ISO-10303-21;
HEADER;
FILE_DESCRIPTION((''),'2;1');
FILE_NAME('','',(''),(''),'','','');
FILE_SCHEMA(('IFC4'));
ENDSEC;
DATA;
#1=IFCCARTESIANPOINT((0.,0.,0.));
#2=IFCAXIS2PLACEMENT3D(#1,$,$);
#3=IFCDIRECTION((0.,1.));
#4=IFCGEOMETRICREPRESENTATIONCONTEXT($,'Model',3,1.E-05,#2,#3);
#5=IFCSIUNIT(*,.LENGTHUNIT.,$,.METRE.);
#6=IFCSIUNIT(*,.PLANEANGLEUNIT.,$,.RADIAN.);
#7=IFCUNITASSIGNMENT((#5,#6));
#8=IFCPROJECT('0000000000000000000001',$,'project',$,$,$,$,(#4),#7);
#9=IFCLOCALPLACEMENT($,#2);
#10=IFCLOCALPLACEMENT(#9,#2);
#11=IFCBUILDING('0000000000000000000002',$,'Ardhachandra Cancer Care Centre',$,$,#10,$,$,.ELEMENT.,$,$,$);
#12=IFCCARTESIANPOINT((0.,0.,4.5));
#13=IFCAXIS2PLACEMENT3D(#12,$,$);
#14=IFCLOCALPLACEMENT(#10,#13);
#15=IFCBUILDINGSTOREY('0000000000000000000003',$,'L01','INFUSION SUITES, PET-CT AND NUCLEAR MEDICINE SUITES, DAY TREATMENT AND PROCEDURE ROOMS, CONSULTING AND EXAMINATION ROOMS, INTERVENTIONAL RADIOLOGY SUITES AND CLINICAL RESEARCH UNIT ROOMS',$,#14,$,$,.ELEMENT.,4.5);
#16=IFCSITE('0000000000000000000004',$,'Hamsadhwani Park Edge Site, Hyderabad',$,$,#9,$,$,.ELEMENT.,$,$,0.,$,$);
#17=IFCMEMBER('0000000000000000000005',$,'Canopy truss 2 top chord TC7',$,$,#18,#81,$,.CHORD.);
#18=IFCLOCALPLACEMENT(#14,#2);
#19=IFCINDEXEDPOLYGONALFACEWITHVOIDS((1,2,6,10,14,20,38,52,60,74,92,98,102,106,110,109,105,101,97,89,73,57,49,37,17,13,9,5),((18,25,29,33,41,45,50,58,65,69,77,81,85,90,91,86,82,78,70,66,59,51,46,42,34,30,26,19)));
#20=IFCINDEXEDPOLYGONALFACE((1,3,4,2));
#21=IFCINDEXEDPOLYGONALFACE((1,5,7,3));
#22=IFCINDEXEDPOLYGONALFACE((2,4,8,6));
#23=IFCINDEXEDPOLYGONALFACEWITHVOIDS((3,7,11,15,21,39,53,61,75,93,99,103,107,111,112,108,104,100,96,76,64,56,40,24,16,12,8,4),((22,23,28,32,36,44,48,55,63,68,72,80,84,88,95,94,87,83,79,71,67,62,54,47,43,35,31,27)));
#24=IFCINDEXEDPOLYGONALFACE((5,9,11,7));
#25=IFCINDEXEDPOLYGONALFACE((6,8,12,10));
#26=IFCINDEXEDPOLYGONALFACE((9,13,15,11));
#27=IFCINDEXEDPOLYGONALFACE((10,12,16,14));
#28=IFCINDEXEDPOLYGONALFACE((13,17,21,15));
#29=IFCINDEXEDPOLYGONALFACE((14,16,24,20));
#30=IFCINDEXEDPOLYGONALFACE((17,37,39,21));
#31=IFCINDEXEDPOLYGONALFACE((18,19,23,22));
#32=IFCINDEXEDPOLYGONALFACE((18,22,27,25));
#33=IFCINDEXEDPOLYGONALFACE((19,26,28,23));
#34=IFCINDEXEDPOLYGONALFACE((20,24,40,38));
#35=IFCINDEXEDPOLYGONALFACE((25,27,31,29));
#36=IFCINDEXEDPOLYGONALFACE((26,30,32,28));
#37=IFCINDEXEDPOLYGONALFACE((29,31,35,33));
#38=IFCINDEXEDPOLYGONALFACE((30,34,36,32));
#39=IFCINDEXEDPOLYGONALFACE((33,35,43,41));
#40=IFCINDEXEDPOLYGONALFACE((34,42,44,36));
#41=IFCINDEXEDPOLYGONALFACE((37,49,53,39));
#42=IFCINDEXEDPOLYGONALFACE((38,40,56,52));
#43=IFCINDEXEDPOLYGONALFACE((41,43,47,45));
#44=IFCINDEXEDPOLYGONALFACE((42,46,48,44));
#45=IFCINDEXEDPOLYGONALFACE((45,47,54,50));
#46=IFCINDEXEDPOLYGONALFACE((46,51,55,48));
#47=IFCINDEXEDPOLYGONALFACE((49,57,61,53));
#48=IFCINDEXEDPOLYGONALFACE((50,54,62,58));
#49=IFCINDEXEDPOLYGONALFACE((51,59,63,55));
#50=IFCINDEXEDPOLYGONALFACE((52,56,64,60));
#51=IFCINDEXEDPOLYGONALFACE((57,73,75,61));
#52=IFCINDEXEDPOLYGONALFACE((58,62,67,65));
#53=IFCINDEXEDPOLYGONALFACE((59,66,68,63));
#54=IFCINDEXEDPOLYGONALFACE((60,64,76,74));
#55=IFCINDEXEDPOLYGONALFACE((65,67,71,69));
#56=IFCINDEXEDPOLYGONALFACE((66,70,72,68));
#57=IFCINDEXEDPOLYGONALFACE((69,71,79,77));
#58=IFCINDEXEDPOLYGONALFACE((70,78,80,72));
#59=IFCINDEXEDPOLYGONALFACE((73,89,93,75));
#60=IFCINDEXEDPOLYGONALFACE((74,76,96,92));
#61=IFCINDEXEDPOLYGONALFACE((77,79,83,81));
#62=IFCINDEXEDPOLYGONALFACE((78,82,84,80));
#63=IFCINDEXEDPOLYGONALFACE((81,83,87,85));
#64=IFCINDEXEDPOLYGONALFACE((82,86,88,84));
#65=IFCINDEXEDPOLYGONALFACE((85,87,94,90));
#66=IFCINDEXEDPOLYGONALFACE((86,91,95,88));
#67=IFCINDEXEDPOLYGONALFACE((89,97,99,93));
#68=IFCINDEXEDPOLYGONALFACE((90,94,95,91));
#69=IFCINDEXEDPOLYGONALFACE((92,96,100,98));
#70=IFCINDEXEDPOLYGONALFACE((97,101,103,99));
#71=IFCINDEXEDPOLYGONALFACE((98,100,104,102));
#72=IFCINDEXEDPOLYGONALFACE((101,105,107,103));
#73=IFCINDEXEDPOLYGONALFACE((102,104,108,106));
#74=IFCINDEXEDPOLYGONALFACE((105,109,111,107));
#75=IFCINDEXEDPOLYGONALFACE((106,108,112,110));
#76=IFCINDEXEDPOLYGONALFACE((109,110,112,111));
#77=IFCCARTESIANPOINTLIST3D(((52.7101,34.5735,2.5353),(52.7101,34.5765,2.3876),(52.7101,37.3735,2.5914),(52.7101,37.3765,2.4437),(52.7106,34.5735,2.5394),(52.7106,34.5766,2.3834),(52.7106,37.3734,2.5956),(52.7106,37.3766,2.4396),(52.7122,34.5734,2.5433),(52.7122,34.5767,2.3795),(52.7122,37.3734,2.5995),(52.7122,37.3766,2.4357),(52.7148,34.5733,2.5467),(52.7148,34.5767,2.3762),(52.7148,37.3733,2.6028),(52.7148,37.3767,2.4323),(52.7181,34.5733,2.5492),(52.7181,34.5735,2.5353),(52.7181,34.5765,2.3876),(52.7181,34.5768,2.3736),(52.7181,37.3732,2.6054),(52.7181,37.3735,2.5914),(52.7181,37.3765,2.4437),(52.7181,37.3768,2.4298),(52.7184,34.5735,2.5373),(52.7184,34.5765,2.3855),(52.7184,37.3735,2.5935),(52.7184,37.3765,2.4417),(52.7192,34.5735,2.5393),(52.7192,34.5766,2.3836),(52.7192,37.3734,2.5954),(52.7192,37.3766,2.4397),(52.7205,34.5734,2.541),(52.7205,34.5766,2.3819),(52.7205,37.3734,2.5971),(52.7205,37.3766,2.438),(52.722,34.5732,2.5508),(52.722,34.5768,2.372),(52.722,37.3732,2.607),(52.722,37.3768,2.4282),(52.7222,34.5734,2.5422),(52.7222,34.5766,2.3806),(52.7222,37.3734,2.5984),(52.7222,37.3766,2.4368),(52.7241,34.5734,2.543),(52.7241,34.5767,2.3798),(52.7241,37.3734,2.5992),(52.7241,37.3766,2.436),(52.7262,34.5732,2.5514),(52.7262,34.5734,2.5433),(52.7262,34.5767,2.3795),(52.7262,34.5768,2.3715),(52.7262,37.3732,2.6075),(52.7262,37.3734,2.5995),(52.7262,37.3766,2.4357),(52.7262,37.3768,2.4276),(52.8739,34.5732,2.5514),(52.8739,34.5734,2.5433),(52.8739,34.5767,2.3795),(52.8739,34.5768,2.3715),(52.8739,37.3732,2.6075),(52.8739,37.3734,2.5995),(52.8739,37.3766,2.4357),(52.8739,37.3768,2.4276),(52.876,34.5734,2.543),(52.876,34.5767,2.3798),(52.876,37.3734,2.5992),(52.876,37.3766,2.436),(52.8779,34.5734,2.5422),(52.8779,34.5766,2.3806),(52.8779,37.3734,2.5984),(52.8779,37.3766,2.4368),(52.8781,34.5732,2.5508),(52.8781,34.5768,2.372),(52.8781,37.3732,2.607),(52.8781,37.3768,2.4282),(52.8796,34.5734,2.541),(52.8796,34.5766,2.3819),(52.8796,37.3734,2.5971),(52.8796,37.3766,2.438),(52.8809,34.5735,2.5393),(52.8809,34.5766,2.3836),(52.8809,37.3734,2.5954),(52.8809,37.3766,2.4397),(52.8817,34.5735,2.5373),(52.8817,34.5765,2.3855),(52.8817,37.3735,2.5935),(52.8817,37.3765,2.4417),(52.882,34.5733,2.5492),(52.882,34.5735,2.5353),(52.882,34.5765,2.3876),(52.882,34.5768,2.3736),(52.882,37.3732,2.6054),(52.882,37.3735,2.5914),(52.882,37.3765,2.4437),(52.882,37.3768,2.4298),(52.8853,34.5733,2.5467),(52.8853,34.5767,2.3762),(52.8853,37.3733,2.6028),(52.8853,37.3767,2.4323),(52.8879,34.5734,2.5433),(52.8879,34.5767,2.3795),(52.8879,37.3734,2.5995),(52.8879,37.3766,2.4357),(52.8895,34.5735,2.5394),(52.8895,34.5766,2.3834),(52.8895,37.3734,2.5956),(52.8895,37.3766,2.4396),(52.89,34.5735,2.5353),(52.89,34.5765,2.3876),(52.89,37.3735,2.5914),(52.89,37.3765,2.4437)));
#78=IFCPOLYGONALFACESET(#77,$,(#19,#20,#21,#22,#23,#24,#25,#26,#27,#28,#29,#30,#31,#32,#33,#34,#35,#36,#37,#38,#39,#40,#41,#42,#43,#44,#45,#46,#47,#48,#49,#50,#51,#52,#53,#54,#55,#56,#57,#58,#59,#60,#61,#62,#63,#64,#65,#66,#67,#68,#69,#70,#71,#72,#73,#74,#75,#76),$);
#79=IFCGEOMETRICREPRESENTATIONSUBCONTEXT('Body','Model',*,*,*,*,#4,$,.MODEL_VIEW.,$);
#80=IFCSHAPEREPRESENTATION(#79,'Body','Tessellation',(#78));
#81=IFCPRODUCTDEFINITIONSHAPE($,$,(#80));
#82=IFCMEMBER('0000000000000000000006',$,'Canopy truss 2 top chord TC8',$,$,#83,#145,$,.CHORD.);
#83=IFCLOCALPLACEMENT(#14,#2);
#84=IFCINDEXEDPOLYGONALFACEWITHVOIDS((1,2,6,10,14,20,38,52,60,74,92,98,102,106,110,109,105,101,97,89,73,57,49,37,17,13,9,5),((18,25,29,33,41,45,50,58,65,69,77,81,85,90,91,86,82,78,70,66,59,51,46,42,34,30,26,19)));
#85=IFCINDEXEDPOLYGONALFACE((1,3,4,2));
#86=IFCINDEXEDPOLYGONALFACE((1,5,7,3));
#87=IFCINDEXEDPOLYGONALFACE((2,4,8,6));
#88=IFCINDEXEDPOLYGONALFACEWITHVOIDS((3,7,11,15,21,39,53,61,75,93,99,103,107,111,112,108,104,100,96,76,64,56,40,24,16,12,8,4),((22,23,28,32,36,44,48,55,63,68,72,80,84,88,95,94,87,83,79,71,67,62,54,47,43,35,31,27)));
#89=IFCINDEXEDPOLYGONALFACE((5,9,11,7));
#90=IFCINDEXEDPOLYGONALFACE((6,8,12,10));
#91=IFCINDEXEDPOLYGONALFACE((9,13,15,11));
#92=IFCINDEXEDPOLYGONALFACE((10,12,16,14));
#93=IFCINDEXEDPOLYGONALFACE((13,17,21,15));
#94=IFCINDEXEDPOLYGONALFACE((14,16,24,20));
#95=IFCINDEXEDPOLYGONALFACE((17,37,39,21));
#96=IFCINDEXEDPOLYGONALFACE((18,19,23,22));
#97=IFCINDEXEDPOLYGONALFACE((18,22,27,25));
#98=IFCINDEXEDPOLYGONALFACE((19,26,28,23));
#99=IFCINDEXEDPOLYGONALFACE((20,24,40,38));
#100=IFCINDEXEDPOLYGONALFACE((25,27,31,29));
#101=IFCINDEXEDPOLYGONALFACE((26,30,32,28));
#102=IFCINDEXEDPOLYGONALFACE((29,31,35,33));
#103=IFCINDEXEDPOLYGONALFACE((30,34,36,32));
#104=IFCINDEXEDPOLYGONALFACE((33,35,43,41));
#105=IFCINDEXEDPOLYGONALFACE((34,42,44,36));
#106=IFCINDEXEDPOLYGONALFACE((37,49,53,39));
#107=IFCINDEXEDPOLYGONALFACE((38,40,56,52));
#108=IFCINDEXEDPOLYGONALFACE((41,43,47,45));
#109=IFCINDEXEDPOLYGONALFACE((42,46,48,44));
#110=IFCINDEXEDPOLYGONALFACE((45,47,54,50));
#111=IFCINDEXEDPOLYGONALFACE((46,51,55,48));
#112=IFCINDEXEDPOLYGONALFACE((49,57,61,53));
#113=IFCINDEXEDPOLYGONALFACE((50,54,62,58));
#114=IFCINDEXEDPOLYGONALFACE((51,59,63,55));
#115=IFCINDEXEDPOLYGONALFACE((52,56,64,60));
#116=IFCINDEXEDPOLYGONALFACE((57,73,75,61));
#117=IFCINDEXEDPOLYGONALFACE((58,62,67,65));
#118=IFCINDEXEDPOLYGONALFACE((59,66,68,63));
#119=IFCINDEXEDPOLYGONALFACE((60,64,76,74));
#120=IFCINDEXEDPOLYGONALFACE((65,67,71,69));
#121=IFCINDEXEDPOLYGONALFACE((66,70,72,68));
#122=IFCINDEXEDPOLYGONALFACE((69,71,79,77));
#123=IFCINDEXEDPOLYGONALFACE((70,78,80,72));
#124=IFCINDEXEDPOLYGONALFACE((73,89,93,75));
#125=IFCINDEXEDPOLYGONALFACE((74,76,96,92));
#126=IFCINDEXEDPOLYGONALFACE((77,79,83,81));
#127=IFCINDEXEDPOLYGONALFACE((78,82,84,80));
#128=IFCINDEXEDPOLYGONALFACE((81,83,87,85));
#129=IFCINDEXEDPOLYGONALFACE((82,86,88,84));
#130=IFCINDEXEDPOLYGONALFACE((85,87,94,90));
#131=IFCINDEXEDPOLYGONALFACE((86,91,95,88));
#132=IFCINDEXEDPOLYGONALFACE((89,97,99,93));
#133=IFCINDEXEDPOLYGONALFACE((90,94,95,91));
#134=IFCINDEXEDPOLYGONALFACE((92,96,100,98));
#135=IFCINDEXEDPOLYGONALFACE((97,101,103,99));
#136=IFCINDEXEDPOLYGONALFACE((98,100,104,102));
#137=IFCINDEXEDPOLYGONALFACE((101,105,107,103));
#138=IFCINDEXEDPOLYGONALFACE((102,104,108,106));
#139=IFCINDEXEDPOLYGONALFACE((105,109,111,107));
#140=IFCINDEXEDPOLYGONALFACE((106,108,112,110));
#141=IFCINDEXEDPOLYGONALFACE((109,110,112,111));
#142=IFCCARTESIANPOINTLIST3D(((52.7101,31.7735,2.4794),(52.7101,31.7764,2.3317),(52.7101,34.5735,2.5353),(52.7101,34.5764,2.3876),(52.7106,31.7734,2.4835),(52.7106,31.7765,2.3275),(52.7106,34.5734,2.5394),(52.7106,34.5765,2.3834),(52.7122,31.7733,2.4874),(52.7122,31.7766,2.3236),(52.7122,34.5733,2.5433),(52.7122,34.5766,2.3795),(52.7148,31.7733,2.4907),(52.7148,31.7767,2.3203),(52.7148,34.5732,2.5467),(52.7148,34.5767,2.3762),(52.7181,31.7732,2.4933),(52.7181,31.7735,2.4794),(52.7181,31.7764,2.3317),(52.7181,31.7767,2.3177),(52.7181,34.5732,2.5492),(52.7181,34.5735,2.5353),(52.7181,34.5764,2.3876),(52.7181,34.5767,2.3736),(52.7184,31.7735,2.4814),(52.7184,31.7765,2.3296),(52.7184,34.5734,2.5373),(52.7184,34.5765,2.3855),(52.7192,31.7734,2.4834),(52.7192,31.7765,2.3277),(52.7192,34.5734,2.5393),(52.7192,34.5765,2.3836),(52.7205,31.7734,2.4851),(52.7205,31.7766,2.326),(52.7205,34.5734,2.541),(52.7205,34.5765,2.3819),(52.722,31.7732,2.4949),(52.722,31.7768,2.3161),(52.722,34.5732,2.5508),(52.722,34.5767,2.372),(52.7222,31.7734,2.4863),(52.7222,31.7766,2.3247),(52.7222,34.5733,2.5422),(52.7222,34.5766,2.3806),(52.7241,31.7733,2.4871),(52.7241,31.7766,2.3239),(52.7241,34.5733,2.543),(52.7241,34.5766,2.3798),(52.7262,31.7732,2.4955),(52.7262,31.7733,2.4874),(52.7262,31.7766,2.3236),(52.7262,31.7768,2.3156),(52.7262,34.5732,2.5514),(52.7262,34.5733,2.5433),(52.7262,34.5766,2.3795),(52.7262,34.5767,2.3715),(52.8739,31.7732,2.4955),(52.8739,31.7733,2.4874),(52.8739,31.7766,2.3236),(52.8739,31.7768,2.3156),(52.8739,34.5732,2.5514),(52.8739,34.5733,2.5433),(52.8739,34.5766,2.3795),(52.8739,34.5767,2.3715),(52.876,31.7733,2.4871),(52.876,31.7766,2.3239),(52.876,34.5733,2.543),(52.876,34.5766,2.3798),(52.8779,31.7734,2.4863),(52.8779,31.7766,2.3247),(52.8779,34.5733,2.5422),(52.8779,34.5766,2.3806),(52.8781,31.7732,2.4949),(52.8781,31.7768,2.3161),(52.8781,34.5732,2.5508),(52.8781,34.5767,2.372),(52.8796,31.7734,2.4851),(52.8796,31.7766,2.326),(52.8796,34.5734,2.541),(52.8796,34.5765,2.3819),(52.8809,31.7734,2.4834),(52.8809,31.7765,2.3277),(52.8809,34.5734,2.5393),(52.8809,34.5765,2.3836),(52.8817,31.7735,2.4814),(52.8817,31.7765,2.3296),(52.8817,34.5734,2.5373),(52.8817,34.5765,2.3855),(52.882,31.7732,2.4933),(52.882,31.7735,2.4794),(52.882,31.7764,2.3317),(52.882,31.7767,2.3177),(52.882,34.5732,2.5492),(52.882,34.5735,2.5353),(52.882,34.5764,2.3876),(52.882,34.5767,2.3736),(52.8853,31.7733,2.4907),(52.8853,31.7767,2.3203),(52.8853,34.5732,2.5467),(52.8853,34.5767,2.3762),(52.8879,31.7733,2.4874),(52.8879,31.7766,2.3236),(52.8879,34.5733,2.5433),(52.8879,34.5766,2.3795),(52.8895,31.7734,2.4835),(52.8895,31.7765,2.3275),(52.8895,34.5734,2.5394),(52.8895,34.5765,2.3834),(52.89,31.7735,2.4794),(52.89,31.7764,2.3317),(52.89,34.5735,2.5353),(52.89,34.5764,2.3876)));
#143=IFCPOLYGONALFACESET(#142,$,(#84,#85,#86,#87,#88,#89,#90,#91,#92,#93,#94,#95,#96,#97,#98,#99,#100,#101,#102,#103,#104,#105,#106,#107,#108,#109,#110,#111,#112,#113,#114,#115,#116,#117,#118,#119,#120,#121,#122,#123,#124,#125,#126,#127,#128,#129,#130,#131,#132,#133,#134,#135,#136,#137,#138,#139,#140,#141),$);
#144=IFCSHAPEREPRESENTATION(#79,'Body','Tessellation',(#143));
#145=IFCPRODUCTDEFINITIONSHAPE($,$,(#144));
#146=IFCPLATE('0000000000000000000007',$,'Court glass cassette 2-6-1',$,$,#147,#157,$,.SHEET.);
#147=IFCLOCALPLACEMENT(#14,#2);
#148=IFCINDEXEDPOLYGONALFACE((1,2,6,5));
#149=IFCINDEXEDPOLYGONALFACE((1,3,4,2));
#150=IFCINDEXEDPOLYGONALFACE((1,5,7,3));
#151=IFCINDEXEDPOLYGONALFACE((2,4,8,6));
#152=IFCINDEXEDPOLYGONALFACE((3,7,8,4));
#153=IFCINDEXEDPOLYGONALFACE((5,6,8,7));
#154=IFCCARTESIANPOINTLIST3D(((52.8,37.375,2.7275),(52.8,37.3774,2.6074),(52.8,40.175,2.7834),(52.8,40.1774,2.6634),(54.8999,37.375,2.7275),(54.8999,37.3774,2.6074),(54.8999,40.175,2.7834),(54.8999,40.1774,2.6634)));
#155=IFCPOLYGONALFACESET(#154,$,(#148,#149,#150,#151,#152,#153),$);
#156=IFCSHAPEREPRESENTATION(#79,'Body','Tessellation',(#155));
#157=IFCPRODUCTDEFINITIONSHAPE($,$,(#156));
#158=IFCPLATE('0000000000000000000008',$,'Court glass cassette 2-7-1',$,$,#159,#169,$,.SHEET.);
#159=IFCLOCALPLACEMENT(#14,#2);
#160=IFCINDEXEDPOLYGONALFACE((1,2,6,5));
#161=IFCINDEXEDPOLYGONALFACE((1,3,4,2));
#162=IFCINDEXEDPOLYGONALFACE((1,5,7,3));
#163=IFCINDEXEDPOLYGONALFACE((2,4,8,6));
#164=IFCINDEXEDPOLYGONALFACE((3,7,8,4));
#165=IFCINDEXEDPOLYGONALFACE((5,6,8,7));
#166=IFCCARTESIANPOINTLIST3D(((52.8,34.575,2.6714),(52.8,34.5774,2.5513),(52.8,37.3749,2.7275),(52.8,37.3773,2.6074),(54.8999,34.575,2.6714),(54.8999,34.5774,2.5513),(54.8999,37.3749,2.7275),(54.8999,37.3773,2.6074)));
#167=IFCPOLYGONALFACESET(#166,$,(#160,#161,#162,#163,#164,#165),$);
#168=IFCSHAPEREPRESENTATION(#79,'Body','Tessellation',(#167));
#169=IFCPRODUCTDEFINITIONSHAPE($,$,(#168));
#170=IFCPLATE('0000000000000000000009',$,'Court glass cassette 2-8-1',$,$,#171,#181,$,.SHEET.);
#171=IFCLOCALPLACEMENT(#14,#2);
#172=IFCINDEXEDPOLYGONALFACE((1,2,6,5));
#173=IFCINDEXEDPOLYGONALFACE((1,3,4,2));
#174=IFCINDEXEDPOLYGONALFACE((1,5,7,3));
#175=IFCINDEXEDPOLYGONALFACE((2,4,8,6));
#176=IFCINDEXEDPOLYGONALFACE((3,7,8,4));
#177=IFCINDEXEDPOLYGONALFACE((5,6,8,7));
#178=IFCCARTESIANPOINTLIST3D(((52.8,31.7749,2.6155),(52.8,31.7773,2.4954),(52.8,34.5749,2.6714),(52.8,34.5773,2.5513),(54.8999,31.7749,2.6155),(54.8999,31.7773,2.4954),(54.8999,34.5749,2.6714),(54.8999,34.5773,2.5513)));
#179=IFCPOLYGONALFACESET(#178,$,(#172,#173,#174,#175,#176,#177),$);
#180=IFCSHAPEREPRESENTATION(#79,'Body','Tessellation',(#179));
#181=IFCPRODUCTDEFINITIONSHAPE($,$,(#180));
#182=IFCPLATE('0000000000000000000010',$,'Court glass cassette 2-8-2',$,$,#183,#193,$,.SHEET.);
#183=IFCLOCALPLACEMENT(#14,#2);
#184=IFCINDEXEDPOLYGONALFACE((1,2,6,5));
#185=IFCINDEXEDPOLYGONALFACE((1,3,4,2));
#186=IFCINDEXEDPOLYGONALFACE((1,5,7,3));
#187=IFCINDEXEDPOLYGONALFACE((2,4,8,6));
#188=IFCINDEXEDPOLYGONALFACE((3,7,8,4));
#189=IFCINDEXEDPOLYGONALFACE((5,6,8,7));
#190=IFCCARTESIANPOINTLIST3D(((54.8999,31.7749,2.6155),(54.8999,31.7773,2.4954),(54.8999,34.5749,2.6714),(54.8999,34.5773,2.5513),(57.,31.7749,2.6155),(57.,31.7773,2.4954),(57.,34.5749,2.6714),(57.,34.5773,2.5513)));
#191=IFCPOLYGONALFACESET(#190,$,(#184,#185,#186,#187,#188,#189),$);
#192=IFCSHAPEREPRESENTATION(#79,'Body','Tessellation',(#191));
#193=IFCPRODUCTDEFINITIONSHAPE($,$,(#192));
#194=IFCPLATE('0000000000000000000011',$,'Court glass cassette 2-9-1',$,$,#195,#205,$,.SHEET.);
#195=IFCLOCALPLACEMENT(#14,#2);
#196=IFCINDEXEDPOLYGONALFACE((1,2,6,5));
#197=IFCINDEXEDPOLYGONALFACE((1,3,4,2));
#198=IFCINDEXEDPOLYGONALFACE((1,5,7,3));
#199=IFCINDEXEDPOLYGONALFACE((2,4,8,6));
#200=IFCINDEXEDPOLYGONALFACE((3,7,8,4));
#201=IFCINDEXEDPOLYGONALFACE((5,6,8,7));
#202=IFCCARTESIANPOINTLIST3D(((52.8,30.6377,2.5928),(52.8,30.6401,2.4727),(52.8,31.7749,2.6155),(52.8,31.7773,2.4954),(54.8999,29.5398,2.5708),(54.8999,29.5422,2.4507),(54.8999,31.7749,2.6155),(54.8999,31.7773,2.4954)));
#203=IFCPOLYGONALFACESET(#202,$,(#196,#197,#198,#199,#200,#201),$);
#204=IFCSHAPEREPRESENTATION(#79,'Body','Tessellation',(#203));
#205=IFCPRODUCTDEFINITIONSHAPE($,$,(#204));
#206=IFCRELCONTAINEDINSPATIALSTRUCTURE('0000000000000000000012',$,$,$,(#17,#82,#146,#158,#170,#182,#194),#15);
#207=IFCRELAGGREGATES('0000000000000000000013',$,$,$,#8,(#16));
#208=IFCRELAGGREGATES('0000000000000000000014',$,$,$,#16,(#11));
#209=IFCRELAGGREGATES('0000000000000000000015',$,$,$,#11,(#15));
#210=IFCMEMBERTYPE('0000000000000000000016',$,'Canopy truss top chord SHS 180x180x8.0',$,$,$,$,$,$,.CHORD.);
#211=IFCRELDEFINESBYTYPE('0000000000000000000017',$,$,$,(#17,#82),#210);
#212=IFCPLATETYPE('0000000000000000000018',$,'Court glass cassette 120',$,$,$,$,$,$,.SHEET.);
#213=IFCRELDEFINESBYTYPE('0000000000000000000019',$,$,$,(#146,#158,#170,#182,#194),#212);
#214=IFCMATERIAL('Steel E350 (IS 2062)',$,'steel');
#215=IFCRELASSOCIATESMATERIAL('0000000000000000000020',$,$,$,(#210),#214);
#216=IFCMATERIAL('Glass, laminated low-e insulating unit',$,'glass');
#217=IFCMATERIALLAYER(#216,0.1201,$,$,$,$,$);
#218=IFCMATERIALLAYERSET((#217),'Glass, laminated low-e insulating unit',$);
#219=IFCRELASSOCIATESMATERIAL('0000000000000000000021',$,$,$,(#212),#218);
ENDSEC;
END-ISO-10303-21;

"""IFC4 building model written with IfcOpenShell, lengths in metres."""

from ifc_helpers import new_model, si_unit, direction, frame, origin, origin_2d, place, context, subcontext, project, spatial, polyline, hollow_rectangle, outline, extrude, material, layer, layer_set, material_profile, profile_set, type_object, element, save


model = new_model("IFC4")

# Units and contexts
model_context = context("Model", 3, precision=1e-05, world=origin(), true_north=direction((0.0, 1.0)))
body_context = subcontext(model_context, "Body", "Model", "MODEL_VIEW")
ifc_project = project(units=[si_unit("LENGTHUNIT", "METRE"), si_unit("PLANEANGLEUNIT", "RADIAN")], contexts=[model_context])

# Site, building, storey
site_placement = place(None, origin())
site = spatial("IfcSite", under=ifc_project, at=site_placement, Name="Hamsadhwani Park Edge Site, Hyderabad", CompositionType="ELEMENT", RefElevation=0.0)
building_placement = place(site_placement, origin())
building = spatial("IfcBuilding", under=site, at=building_placement, Name="Ardhachandra Cancer Care Centre", CompositionType="ELEMENT")
storey_placement = place(building_placement, frame((0.0, 0.0, 4.5)))
storey = spatial("IfcBuildingStorey", under=building, at=storey_placement, Name="L01", Description="INFUSION SUITES, PET-CT AND NUCLEAR MEDICINE SUITES, DAY TREATMENT AND PROCEDURE ROOMS, CONSULTING AND EXAMINATION ROOMS, INTERVENTIONAL RADIOLOGY SUITES AND CLINICAL RESEARCH UNIT ROOMS", CompositionType="ELEMENT", Elevation=4.5)

# Members
ifc_material_1 = material(Name="Steel E350 (IS 2062)", Category="steel")
ifc_material_profile_1 = material_profile(ifc_material_1, hollow_rectangle(XDim=0.1799, YDim=0.1799, WallThickness=0.0081, InnerFilletRadius=0.0081, OuterFilletRadius=0.0161, at=origin_2d()), Name="SHS 180x180x8.0")
ifc_profile_set_1 = profile_set([ifc_material_profile_1], Name="Steel E350 (IS 2062)")
member_type_1 = type_object("IfcMemberType", Name="Canopy truss top chord SHS 180x180x8.0", PredefinedType="CHORD", material=ifc_profile_set_1)
for number, where, z_axis, x_axis, name in (
    (1, (52.8, 37.375, 2.5176), (0.0, -0.999799, -0.02005), (1.0, 0.0, 0.0), "Canopy truss 2 top chord TC7"),
    (2, (52.8, 34.575, 2.4614), (0.0, -0.999801, -0.019963), (1.0, 0.0, 0.0), "Canopy truss 2 top chord TC8"),
):
    element("IfcMember", number, at=place(storey_placement, frame(where, z_axis=z_axis, x_axis=x_axis)), inside=storey, type_object=member_type_1, Name=name, PredefinedType="CHORD", context=body_context, shape_type="SweptSolid", body=[
        extrude(hollow_rectangle(XDim=0.1799, YDim=0.1799, WallThickness=0.0081, InnerFilletRadius=0.0081, OuterFilletRadius=0.0161, at=origin_2d()), origin(), (0.0, 0.0, 1.0), 2.8005),
    ])

# Plates
ifc_material_2 = material(Name="Glass, laminated low-e insulating unit", Category="glass")
ifc_layer = layer(ifc_material_2, 0.1201)
ifc_layer_set = layer_set([ifc_layer], Name="Glass, laminated low-e insulating unit")
plate_type = type_object("IfcPlateType", Name="Court glass cassette 120", PredefinedType="SHEET", material=ifc_layer_set)
for number, where, z_axis, x_axis, name in (
    (3, (52.8, 37.375, 2.7275), (0.0, -0.019963, 0.999801), (0.0, 0.999801, 0.019963), "Court glass cassette 2-6-1"),
    (4, (52.8, 34.575, 2.6714), (0.0, -0.02005, 0.999799), (0.0, 0.999799, 0.02005), "Court glass cassette 2-7-1"),
    (5, (52.8, 31.7749, 2.6155), (0.0, -0.019963, 0.999801), (0.0, 0.999801, 0.019963), "Court glass cassette 2-8-1"),
):
    element("IfcPlate", number, at=place(storey_placement, frame(where, z_axis=z_axis, x_axis=x_axis)), inside=storey, type_object=plate_type, Name=name, PredefinedType="SHEET", context=body_context, shape_type="SweptSolid", body=[
        extrude(outline(polyline([(0.0, -2.0999), (2.8005, -2.0999), (2.8005, 0.0), (0.0, 0.0), (0.0, -2.0999)])), frame((0.0, 0.0, -0.1201)), (0.0, 0.0, 1.0), 0.1201),
    ])
plate_1_placement = place(storey_placement, frame((54.8999, 31.7749, 2.6155), z_axis=(0.0, -0.019963, 0.999801), x_axis=(0.0, 0.999801, 0.019963)))
element("IfcPlate", 6, at=plate_1_placement, inside=storey, type_object=plate_type, Name="Court glass cassette 2-8-2", PredefinedType="SHEET", context=body_context, shape_type="SweptSolid", body=[
    extrude(outline(polyline([(0.0, -2.1001), (2.8005, -2.1001), (2.8005, 0.0), (0.0, 0.0), (0.0, -2.1001)])), frame((0.0, 0.0, -0.1201)), (0.0, 0.0, 1.0), 0.1201),
])
plate_2_placement = place(storey_placement, frame((52.8, 31.7749, 2.6155), z_axis=(0.000008, -0.019977, 0.9998), x_axis=(1.0, 0.0, -0.000008)))
element("IfcPlate", 7, at=plate_2_placement, inside=storey, type_object=plate_type, Name="Court glass cassette 2-9-1", PredefinedType="SHEET", context=body_context, shape_type="SweptSolid", body=[
    extrude(outline(polyline([(0.0, -1.1375), (2.0999, -2.2356), (2.0999, 0.0), (0.0, 0.0), (0.0, -1.1375)])), frame((0.0, 0.0, -0.1201)), (0.0, 0.0, 1.0), 0.1201),
])

save(model, "model.ifc")
